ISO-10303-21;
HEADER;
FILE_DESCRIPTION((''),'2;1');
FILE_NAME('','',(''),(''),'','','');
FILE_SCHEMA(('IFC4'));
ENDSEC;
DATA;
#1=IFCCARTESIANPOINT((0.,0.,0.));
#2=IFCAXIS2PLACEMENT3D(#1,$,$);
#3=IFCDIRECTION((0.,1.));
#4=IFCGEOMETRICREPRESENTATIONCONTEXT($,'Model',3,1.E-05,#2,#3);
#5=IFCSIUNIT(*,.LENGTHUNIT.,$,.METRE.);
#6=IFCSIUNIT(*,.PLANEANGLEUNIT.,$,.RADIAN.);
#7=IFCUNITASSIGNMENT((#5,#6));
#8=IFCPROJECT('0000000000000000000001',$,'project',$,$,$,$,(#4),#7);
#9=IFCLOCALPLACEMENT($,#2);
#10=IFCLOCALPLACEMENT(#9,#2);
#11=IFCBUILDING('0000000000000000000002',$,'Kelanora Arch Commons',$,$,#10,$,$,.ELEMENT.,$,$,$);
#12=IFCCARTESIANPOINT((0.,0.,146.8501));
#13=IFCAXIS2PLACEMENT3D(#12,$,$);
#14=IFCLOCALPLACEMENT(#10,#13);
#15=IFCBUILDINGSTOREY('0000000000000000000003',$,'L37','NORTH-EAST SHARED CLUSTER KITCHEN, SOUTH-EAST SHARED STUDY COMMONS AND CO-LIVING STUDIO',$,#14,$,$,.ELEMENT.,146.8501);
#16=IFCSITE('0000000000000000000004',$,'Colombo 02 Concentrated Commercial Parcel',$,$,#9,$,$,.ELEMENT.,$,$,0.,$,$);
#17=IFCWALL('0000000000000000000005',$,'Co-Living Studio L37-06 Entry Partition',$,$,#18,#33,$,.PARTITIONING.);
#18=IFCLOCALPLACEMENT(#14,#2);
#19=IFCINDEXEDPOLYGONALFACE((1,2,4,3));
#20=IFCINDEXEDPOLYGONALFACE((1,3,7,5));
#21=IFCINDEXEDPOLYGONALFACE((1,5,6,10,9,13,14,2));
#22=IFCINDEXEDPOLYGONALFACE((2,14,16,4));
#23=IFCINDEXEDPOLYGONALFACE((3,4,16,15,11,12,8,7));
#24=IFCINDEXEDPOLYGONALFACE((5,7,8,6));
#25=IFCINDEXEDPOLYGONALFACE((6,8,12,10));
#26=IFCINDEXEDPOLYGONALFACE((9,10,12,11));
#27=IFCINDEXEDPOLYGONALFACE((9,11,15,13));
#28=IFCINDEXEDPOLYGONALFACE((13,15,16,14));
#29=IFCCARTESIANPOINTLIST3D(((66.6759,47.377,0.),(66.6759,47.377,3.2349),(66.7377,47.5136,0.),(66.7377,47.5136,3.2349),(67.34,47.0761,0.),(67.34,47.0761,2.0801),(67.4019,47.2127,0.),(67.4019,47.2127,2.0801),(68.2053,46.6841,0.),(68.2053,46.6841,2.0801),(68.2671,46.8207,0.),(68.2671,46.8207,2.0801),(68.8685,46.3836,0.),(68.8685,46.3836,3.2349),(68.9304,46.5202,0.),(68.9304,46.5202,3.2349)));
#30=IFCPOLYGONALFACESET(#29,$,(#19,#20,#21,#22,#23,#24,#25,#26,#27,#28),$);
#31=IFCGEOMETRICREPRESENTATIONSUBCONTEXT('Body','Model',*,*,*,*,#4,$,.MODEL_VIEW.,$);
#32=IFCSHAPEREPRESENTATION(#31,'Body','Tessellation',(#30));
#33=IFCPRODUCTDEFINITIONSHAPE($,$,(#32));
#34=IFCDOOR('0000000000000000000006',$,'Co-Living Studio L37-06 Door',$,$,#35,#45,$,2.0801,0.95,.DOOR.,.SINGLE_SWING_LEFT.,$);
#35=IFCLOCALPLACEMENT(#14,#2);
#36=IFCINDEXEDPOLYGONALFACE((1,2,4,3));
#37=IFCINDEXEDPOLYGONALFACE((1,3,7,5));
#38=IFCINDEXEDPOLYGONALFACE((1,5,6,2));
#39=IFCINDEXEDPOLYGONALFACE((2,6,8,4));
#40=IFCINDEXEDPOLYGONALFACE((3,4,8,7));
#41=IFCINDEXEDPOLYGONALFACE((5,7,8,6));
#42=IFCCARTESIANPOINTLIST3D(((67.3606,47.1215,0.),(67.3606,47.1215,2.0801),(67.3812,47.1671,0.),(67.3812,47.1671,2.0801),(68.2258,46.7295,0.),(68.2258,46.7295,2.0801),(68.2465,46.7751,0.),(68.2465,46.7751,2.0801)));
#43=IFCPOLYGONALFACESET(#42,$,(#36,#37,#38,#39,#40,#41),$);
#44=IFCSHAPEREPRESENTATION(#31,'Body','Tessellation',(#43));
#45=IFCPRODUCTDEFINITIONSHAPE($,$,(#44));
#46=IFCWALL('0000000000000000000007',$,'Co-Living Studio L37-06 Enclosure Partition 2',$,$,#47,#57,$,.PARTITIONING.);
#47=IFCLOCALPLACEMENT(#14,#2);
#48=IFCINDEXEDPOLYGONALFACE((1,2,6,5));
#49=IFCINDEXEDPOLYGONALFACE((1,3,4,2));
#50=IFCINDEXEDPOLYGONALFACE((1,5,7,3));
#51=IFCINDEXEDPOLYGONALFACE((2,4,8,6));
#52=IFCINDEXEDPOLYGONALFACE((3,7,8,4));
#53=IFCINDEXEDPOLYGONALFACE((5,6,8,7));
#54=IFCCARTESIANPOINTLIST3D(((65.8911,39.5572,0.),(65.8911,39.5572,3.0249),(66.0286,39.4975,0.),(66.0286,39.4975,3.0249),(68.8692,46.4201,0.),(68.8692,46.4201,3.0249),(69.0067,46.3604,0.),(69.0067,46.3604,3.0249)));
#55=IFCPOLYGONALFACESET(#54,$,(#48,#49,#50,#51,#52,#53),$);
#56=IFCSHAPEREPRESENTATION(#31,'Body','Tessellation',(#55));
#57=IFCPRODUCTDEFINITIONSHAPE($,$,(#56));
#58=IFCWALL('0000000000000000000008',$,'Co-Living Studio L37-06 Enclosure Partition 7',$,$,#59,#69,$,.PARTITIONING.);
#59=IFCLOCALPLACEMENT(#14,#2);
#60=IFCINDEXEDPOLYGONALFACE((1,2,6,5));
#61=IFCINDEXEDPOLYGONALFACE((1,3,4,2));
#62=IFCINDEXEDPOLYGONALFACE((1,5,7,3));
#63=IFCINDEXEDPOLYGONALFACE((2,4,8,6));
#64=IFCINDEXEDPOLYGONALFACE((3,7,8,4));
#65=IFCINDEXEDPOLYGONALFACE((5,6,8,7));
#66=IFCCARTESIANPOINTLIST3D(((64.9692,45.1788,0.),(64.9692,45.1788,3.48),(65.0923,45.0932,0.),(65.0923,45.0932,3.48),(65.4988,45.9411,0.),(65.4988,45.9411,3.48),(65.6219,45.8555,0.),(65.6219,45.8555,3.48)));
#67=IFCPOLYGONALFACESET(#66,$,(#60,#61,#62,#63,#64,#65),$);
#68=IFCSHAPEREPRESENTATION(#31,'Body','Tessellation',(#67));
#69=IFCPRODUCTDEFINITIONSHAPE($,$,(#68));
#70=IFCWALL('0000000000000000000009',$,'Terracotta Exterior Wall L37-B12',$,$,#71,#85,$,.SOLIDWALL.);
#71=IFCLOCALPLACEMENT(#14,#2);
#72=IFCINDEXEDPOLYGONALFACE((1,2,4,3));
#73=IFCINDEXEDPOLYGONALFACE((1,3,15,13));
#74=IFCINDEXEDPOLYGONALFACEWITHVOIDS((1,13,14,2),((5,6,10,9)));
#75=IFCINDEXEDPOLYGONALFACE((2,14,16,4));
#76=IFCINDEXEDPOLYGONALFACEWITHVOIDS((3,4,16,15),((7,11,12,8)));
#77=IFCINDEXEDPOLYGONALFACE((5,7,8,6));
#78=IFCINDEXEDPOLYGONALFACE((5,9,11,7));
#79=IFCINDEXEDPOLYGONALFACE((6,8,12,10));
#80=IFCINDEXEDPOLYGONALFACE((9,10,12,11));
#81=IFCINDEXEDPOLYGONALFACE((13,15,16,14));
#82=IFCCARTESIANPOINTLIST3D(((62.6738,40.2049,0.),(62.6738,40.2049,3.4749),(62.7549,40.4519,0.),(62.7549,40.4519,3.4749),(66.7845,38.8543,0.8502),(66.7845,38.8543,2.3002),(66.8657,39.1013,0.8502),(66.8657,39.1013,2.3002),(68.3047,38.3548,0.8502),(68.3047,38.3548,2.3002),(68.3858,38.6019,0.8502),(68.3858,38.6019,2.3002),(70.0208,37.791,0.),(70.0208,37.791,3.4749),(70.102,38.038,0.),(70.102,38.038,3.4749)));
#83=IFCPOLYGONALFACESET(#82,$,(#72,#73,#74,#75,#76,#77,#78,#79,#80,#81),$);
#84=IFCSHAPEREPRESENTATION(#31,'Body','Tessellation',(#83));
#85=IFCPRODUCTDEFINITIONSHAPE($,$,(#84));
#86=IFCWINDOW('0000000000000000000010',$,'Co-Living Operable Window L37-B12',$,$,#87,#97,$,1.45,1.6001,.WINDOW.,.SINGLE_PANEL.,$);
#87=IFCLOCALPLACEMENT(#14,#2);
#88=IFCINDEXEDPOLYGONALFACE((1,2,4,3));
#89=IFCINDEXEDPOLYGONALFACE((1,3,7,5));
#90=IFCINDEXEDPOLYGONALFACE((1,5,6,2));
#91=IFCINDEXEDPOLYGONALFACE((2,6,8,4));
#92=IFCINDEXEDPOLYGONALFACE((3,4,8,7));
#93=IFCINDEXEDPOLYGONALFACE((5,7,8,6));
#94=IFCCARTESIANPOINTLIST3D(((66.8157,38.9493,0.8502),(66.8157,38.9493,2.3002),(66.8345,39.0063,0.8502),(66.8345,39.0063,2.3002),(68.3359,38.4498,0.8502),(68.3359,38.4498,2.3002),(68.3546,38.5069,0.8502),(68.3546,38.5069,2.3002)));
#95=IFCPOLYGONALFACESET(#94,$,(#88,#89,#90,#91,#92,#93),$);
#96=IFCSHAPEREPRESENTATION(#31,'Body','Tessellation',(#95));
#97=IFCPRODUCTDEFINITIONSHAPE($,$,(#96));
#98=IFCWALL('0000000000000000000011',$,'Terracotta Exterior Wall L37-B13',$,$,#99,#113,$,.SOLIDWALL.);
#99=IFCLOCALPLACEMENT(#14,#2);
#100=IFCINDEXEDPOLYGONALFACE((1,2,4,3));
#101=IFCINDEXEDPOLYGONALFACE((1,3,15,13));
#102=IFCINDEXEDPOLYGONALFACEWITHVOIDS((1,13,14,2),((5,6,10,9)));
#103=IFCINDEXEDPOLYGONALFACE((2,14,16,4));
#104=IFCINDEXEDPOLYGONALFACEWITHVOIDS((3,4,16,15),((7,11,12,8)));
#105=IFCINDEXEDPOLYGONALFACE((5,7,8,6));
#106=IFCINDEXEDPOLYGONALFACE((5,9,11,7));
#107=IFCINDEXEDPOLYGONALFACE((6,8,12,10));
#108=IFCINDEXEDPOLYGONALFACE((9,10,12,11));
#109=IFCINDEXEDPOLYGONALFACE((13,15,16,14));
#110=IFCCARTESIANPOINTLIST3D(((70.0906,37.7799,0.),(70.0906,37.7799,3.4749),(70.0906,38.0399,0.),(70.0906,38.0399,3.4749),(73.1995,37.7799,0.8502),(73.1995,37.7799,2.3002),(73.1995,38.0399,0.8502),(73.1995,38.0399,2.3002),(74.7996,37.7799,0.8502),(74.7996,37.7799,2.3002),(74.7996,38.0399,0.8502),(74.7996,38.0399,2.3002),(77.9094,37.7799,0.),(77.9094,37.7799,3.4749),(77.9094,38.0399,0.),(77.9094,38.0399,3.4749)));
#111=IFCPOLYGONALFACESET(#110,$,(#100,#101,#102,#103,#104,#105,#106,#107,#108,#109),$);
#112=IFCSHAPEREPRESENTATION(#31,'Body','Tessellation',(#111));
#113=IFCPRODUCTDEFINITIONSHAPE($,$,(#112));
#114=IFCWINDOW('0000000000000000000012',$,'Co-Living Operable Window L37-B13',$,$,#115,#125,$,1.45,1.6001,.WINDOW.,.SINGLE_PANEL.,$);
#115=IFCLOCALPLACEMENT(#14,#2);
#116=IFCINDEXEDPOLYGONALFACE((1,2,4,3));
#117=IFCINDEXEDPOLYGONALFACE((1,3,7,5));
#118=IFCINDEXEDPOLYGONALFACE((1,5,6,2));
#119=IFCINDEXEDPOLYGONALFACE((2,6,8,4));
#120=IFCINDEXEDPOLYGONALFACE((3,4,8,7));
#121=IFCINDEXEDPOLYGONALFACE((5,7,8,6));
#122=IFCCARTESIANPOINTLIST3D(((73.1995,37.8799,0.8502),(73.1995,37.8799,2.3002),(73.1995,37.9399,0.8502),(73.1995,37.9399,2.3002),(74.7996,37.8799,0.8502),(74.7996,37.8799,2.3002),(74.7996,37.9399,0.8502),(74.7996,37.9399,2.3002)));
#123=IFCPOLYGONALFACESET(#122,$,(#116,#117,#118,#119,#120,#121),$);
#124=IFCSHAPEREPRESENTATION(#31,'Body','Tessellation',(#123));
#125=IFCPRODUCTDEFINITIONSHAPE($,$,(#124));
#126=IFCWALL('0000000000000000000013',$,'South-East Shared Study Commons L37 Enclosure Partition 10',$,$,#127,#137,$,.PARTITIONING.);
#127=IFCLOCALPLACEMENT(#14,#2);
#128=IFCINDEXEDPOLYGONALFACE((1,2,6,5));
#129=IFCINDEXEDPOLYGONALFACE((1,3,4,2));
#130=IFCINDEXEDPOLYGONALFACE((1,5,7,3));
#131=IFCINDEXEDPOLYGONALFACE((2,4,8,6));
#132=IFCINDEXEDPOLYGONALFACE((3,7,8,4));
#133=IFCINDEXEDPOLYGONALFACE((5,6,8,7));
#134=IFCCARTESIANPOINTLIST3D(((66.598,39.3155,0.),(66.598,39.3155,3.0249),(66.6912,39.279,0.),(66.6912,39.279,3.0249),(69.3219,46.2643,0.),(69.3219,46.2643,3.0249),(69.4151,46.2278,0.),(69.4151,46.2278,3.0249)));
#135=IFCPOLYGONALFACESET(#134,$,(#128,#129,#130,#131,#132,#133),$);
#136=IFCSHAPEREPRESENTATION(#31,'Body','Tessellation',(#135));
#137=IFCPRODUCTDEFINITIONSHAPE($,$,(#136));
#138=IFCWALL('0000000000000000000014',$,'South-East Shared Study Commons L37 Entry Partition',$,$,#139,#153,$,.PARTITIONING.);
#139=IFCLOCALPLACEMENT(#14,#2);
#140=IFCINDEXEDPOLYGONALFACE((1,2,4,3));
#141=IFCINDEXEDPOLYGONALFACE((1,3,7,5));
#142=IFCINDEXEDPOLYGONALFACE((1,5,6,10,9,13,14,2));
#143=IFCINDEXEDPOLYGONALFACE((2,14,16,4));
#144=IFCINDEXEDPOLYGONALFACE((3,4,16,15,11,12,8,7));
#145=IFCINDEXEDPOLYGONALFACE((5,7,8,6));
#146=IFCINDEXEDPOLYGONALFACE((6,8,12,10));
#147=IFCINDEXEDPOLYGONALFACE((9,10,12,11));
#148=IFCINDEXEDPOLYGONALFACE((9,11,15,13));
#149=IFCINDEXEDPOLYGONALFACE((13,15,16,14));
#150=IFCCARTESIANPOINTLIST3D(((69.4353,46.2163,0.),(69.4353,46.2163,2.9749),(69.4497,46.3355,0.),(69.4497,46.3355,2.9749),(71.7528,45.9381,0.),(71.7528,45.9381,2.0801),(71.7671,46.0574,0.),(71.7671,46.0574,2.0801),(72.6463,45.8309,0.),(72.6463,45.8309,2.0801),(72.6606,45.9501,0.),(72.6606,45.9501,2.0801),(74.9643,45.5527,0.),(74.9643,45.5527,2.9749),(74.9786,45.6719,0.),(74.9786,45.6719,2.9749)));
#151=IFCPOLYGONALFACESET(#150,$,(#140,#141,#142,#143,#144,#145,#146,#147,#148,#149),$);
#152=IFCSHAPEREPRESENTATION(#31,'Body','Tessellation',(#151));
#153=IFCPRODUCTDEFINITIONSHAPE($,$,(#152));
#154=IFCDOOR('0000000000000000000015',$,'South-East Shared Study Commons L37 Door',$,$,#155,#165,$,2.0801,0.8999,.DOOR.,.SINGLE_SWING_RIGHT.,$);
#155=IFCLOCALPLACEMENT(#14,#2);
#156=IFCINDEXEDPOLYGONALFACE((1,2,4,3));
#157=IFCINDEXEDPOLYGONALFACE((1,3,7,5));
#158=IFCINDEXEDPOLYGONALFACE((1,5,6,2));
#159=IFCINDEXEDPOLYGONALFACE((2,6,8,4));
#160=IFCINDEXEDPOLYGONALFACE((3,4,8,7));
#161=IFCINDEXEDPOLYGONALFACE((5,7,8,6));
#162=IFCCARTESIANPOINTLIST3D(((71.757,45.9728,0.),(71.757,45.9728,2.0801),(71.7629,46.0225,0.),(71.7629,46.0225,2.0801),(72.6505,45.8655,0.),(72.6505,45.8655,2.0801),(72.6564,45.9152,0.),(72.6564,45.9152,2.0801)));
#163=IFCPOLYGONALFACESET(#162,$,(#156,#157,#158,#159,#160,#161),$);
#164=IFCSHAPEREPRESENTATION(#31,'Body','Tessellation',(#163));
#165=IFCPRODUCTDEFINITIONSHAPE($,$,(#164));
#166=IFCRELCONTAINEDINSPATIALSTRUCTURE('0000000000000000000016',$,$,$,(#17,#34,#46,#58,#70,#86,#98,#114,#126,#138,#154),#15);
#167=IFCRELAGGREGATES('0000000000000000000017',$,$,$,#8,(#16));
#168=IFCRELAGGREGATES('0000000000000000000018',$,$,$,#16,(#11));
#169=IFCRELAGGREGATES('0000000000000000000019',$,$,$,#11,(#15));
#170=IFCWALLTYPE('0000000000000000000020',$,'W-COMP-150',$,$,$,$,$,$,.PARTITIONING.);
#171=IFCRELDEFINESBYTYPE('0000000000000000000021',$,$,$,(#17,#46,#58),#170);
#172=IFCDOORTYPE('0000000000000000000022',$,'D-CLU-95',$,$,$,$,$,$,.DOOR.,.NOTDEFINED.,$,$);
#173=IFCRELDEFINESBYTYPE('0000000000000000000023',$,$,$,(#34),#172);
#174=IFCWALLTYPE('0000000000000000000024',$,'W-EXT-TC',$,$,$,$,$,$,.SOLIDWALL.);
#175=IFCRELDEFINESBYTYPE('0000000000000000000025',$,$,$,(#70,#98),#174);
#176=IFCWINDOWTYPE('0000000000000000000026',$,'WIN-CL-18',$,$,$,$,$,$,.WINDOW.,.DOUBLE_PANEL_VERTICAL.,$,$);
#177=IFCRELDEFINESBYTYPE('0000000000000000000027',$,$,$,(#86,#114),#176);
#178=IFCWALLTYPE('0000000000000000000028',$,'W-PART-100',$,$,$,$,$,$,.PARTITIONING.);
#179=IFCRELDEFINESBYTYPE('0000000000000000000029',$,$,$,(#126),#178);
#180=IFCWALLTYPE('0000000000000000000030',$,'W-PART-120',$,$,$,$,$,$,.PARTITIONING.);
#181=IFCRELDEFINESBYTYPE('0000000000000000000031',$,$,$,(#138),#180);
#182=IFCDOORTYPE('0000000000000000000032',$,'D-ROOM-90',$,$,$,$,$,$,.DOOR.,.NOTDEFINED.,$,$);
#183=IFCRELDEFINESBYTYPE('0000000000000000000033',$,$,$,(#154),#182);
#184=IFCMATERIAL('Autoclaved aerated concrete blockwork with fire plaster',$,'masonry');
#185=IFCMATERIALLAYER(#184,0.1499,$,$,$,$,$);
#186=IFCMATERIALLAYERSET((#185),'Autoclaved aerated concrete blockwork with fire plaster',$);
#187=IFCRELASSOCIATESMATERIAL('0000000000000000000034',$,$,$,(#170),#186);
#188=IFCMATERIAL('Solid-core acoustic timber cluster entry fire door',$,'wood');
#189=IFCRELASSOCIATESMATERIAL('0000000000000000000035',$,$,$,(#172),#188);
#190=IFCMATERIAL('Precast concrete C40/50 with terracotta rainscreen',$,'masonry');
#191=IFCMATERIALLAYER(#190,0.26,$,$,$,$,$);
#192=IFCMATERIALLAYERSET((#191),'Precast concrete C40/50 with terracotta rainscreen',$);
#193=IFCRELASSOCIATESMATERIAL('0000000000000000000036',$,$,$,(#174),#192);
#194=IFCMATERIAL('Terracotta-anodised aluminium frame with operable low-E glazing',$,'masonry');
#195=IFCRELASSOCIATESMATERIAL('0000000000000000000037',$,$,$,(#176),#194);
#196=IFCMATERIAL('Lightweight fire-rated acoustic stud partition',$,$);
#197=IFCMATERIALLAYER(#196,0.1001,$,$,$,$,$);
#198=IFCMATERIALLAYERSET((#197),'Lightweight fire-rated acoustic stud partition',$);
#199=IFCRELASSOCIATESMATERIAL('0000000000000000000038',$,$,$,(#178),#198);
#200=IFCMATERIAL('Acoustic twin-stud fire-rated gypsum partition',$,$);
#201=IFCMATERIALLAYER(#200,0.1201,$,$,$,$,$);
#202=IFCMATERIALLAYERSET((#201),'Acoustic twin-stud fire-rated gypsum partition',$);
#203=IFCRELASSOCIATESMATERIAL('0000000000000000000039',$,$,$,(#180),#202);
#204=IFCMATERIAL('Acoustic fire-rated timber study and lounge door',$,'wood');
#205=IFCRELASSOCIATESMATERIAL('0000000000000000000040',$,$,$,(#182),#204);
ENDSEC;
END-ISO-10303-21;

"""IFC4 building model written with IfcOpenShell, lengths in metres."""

from ifc_helpers import new_model, si_unit, direction, frame, frame_2d, origin, place, context, subcontext, project, spatial, rectangle, extrude, material, layer, layer_set, type_object, element, fill, save


model = new_model("IFC4")

# Units and contexts
model_context = context("Model", 3, precision=1e-05, world=origin(), true_north=direction((0.0, 1.0)))
body_context = subcontext(model_context, "Body", "Model", "MODEL_VIEW")
ifc_project = project(units=[si_unit("LENGTHUNIT", "METRE"), si_unit("PLANEANGLEUNIT", "RADIAN")], contexts=[model_context])

# Site, building, storey
site_placement = place(None, origin())
site = spatial("IfcSite", under=ifc_project, at=site_placement, Name="Colombo 02 Concentrated Commercial Parcel", CompositionType="ELEMENT", RefElevation=0.0)
building_placement = place(site_placement, origin())
building = spatial("IfcBuilding", under=site, at=building_placement, Name="Kelanora Arch Commons", CompositionType="ELEMENT")
storey_placement = place(building_placement, frame((0.0, 0.0, 146.8501)))
storey = spatial("IfcBuildingStorey", under=building, at=storey_placement, Name="L37", Description="NORTH-EAST SHARED CLUSTER KITCHEN, SOUTH-EAST SHARED STUDY COMMONS AND CO-LIVING STUDIO", CompositionType="ELEMENT", Elevation=146.8501)

# Wall, opening, door
ifc_material_1 = material(Name="Autoclaved aerated concrete blockwork with fire plaster", Category="masonry")
ifc_layer_1 = layer(ifc_material_1, 0.1499)
ifc_layer_set_1 = layer_set([ifc_layer_1], Name="Autoclaved aerated concrete blockwork with fire plaster")
wall_type_1 = type_object("IfcWallType", Name="W-COMP-150", PredefinedType="PARTITIONING", material=ifc_layer_set_1)
wall_1_placement = place(storey_placement, frame((66.7068, 47.4453, 0.0), z_axis=(0.0, 0.0, 1.0), x_axis=(0.910873, -0.412687, 0.0)))
wall_1 = element("IfcWall", 1, at=wall_1_placement, inside=storey, type_object=wall_type_1, Name="Co-Living Studio L37-06 Entry Partition", PredefinedType="PARTITIONING", context=body_context, shape_type="SweptSolid", body=[
    extrude(rectangle(XDim=2.4072, YDim=0.1499, at=frame_2d((1.2036, 0.0))), origin(), (0.0, 0.0, 1.0), 3.2349),
])
opening_1_placement = place(wall_1_placement, frame((0.729, 0.0, 0.0)))
opening_1 = element("IfcOpeningElement", 2, at=opening_1_placement, cuts=wall_1, PredefinedType="OPENING", context=body_context, shape_type="SweptSolid", body=[
    extrude(rectangle(XDim=0.95, YDim=2.0801, at=frame_2d((0.4751, 1.04))), frame((0.0, 0.085, 0.0), z_axis=(0.0, -1.0, 0.0), x_axis=(1.0, 0.0, 0.0)), (0.0, 0.0, 1.0), 0.1699),
])
ifc_material_2 = material(Name="Solid-core acoustic timber cluster entry fire door", Category="wood")
door_type_1 = type_object("IfcDoorType", Name="D-CLU-95", OperationType="NOTDEFINED", PredefinedType="DOOR", material=ifc_material_2)
door_1_placement = place(opening_1_placement, origin())
door_1 = element("IfcDoor", 3, at=door_1_placement, inside=storey, type_object=door_type_1, Name="Co-Living Studio L37-06 Door", OperationType="SINGLE_SWING_LEFT", OverallHeight=2.0801, OverallWidth=0.95, PredefinedType="DOOR", context=body_context, shape_type="SweptSolid", body=[
    extrude(rectangle(XDim=0.95, YDim=2.0801, at=frame_2d((0.4751, 1.04))), frame((0.0, 0.0249, 0.0), z_axis=(0.0, -1.0, 0.0), x_axis=(1.0, 0.0, 0.0)), (0.0, 0.0, 1.0), 0.05),
])
fill(opening_1, door_1)

# Walls
wall_2_placement = place(storey_placement, frame((68.938, 46.3904, 0.0), z_axis=(0.0, 0.0, 1.0), x_axis=(-0.398074, -0.917353, 0.0)))
element("IfcWall", 4, at=wall_2_placement, inside=storey, type_object=wall_type_1, Name="Co-Living Studio L37-06 Enclosure Partition 2", PredefinedType="PARTITIONING", context=body_context, shape_type="SweptSolid", body=[
    extrude(rectangle(XDim=7.4812, YDim=0.1499, at=frame_2d((3.7407, 0.0))), origin(), (0.0, 0.0, 1.0), 3.0249),
])
wall_3_placement = place(storey_placement, frame((65.0308, 45.136, 0.0), z_axis=(0.0, 0.0, 1.0), x_axis=(0.570563, 0.821254, 0.0)))
element("IfcWall", 5, at=wall_3_placement, inside=storey, type_object=wall_type_1, Name="Co-Living Studio L37-06 Enclosure Partition 7", PredefinedType="PARTITIONING", context=body_context, shape_type="SweptSolid", body=[
    extrude(rectangle(XDim=0.9282, YDim=0.1499, at=frame_2d((0.4641, 0.0))), origin(), (0.0, 0.0, 1.0), 3.48),
])

# Walls, openings, windows
ifc_material_3 = material(Name="Precast concrete C40/50 with terracotta rainscreen", Category="masonry")
ifc_layer_2 = layer(ifc_material_3, 0.26)
ifc_layer_set_2 = layer_set([ifc_layer_2], Name="Precast concrete C40/50 with terracotta rainscreen")
wall_type_2 = type_object("IfcWallType", Name="W-EXT-TC", PredefinedType="SOLIDWALL", material=ifc_layer_set_2)
wall_4_placement = place(storey_placement, frame((62.7144, 40.3284, 0.0), z_axis=(0.0, 0.0, 1.0), x_axis=(0.950038, -0.312133, 0.0)))
wall_4 = element("IfcWall", 6, at=wall_4_placement, inside=storey, type_object=wall_type_2, Name="Terracotta Exterior Wall L37-B12", PredefinedType="SOLIDWALL", context=body_context, shape_type="SweptSolid", body=[
    extrude(rectangle(XDim=7.7334, YDim=0.26, at=frame_2d((3.8667, 0.0))), origin(), (0.0, 0.0, 1.0), 3.4749),
])
opening_2_placement = place(wall_4_placement, frame((4.3269, 0.0, 0.8501)))
opening_2 = element("IfcOpeningElement", 7, at=opening_2_placement, cuts=wall_4, PredefinedType="OPENING", context=body_context, shape_type="SweptSolid", body=[
    extrude(rectangle(XDim=1.6001, YDim=1.45, at=frame_2d((0.8, 0.7251))), frame((0.0, 0.1401, 0.0), z_axis=(0.0, -1.0, 0.0), x_axis=(1.0, 0.0, 0.0)), (0.0, 0.0, 1.0), 0.28),
])
ifc_material_4 = material(Name="Terracotta-anodised aluminium frame with operable low-E glazing", Category="masonry")
window_type = type_object("IfcWindowType", Name="WIN-CL-18", PartitioningType="DOUBLE_PANEL_VERTICAL", PredefinedType="WINDOW", material=ifc_material_4)
window_1_placement = place(opening_2_placement, origin())
window_1 = element("IfcWindow", 8, at=window_1_placement, inside=storey, type_object=window_type, Name="Co-Living Operable Window L37-B12", OverallHeight=1.45, OverallWidth=1.6001, PartitioningType="SINGLE_PANEL", PredefinedType="WINDOW", context=body_context, shape_type="SweptSolid", body=[
    extrude(rectangle(XDim=1.6001, YDim=1.45, at=frame_2d((0.8, 0.7251))), frame((0.0, 0.03, 0.0), z_axis=(0.0, -1.0, 0.0), x_axis=(1.0, 0.0, 0.0)), (0.0, 0.0, 1.0), 0.0601),
])
fill(opening_2, window_1)
wall_5_placement = place(storey_placement, frame((70.0906, 37.9099, 0.0), z_axis=(0.0, 0.0, 1.0), x_axis=(1.0, 0.0, 0.0)))
wall_5 = element("IfcWall", 9, at=wall_5_placement, inside=storey, type_object=wall_type_2, Name="Terracotta Exterior Wall L37-B13", PredefinedType="SOLIDWALL", context=body_context, shape_type="SweptSolid", body=[
    extrude(rectangle(XDim=7.8188, YDim=0.26, at=frame_2d((3.9094, 0.0))), origin(), (0.0, 0.0, 1.0), 3.4749),
])
opening_3_placement = place(wall_5_placement, frame((3.1089, 0.0, 0.8501)))
opening_3 = element("IfcOpeningElement", 10, at=opening_3_placement, cuts=wall_5, PredefinedType="OPENING", context=body_context, shape_type="SweptSolid", body=[
    extrude(rectangle(XDim=1.6001, YDim=1.45, at=frame_2d((0.8, 0.7251))), frame((0.0, 0.1401, 0.0), z_axis=(0.0, -1.0, 0.0), x_axis=(1.0, 0.0, 0.0)), (0.0, 0.0, 1.0), 0.28),
])
window_2_placement = place(opening_3_placement, origin())
window_2 = element("IfcWindow", 11, at=window_2_placement, inside=storey, type_object=window_type, Name="Co-Living Operable Window L37-B13", OverallHeight=1.45, OverallWidth=1.6001, PartitioningType="SINGLE_PANEL", PredefinedType="WINDOW", context=body_context, shape_type="SweptSolid", body=[
    extrude(rectangle(XDim=1.6001, YDim=1.45, at=frame_2d((0.8, 0.7251))), frame((0.0, 0.03, 0.0), z_axis=(0.0, -1.0, 0.0), x_axis=(1.0, 0.0, 0.0)), (0.0, 0.0, 1.0), 0.0601),
])
fill(opening_3, window_2)

# Wall
ifc_material_5 = material(Name="Lightweight fire-rated acoustic stud partition")
ifc_layer_3 = layer(ifc_material_5, 0.1001)
ifc_layer_set_3 = layer_set([ifc_layer_3], Name="Lightweight fire-rated acoustic stud partition")
wall_type_3 = type_object("IfcWallType", Name="W-PART-100", PredefinedType="PARTITIONING", material=ifc_layer_set_3)
wall_6_placement = place(storey_placement, frame((66.6445, 39.2971, 0.0), z_axis=(0.0, 0.0, 1.0), x_axis=(0.364958, 0.931024, 0.0)))
element("IfcWall", 12, at=wall_6_placement, inside=storey, type_object=wall_type_3, Name="South-East Shared Study Commons L37 Enclosure Partition 10", PredefinedType="PARTITIONING", context=body_context, shape_type="SweptSolid", body=[
    extrude(rectangle(XDim=7.4636, YDim=0.1001, at=frame_2d((3.7319, 0.0))), origin(), (0.0, 0.0, 1.0), 3.0249),
])

# Wall, opening, door
ifc_material_6 = material(Name="Acoustic twin-stud fire-rated gypsum partition")
ifc_layer_4 = layer(ifc_material_6, 0.1201)
ifc_layer_set_4 = layer_set([ifc_layer_4], Name="Acoustic twin-stud fire-rated gypsum partition")
wall_type_4 = type_object("IfcWallType", Name="W-PART-120", PredefinedType="PARTITIONING", material=ifc_layer_set_4)
wall_7_placement = place(storey_placement, frame((69.4426, 46.2759, 0.0), z_axis=(0.0, 0.0, 1.0), x_axis=(0.992874, -0.119166, 0.0)))
wall_7 = element("IfcWall", 13, at=wall_7_placement, inside=storey, type_object=wall_type_4, Name="South-East Shared Study Commons L37 Entry Partition", PredefinedType="PARTITIONING", context=body_context, shape_type="SweptSolid", body=[
    extrude(rectangle(XDim=5.5686, YDim=0.1201, at=frame_2d((2.7842, 0.0))), origin(), (0.0, 0.0, 1.0), 2.9749),
])
opening_4_placement = place(wall_7_placement, frame((2.334, 0.0, 0.0)))
opening_4 = element("IfcOpeningElement", 14, at=opening_4_placement, cuts=wall_7, PredefinedType="OPENING", context=body_context, shape_type="SweptSolid", body=[
    extrude(rectangle(XDim=0.8999, YDim=2.0801, at=frame_2d((0.45, 1.04))), frame((0.0, 0.0701, 0.0), z_axis=(0.0, -1.0, 0.0), x_axis=(1.0, 0.0, 0.0)), (0.0, 0.0, 1.0), 0.1401),
])
ifc_material_7 = material(Name="Acoustic fire-rated timber study and lounge door", Category="wood")
door_type_2 = type_object("IfcDoorType", Name="D-ROOM-90", OperationType="NOTDEFINED", PredefinedType="DOOR", material=ifc_material_7)
door_2_placement = place(opening_4_placement, origin())
door_2 = element("IfcDoor", 15, at=door_2_placement, inside=storey, type_object=door_type_2, Name="South-East Shared Study Commons L37 Door", OperationType="SINGLE_SWING_RIGHT", OverallHeight=2.0801, OverallWidth=0.8999, PredefinedType="DOOR", context=body_context, shape_type="SweptSolid", body=[
    extrude(rectangle(XDim=0.8999, YDim=2.0801, at=frame_2d((0.45, 1.04))), frame((0.0, 0.0249, 0.0), z_axis=(0.0, -1.0, 0.0), x_axis=(1.0, 0.0, 0.0)), (0.0, 0.0, 1.0), 0.05),
])
fill(opening_4, door_2)

save(model, "model.ifc")
